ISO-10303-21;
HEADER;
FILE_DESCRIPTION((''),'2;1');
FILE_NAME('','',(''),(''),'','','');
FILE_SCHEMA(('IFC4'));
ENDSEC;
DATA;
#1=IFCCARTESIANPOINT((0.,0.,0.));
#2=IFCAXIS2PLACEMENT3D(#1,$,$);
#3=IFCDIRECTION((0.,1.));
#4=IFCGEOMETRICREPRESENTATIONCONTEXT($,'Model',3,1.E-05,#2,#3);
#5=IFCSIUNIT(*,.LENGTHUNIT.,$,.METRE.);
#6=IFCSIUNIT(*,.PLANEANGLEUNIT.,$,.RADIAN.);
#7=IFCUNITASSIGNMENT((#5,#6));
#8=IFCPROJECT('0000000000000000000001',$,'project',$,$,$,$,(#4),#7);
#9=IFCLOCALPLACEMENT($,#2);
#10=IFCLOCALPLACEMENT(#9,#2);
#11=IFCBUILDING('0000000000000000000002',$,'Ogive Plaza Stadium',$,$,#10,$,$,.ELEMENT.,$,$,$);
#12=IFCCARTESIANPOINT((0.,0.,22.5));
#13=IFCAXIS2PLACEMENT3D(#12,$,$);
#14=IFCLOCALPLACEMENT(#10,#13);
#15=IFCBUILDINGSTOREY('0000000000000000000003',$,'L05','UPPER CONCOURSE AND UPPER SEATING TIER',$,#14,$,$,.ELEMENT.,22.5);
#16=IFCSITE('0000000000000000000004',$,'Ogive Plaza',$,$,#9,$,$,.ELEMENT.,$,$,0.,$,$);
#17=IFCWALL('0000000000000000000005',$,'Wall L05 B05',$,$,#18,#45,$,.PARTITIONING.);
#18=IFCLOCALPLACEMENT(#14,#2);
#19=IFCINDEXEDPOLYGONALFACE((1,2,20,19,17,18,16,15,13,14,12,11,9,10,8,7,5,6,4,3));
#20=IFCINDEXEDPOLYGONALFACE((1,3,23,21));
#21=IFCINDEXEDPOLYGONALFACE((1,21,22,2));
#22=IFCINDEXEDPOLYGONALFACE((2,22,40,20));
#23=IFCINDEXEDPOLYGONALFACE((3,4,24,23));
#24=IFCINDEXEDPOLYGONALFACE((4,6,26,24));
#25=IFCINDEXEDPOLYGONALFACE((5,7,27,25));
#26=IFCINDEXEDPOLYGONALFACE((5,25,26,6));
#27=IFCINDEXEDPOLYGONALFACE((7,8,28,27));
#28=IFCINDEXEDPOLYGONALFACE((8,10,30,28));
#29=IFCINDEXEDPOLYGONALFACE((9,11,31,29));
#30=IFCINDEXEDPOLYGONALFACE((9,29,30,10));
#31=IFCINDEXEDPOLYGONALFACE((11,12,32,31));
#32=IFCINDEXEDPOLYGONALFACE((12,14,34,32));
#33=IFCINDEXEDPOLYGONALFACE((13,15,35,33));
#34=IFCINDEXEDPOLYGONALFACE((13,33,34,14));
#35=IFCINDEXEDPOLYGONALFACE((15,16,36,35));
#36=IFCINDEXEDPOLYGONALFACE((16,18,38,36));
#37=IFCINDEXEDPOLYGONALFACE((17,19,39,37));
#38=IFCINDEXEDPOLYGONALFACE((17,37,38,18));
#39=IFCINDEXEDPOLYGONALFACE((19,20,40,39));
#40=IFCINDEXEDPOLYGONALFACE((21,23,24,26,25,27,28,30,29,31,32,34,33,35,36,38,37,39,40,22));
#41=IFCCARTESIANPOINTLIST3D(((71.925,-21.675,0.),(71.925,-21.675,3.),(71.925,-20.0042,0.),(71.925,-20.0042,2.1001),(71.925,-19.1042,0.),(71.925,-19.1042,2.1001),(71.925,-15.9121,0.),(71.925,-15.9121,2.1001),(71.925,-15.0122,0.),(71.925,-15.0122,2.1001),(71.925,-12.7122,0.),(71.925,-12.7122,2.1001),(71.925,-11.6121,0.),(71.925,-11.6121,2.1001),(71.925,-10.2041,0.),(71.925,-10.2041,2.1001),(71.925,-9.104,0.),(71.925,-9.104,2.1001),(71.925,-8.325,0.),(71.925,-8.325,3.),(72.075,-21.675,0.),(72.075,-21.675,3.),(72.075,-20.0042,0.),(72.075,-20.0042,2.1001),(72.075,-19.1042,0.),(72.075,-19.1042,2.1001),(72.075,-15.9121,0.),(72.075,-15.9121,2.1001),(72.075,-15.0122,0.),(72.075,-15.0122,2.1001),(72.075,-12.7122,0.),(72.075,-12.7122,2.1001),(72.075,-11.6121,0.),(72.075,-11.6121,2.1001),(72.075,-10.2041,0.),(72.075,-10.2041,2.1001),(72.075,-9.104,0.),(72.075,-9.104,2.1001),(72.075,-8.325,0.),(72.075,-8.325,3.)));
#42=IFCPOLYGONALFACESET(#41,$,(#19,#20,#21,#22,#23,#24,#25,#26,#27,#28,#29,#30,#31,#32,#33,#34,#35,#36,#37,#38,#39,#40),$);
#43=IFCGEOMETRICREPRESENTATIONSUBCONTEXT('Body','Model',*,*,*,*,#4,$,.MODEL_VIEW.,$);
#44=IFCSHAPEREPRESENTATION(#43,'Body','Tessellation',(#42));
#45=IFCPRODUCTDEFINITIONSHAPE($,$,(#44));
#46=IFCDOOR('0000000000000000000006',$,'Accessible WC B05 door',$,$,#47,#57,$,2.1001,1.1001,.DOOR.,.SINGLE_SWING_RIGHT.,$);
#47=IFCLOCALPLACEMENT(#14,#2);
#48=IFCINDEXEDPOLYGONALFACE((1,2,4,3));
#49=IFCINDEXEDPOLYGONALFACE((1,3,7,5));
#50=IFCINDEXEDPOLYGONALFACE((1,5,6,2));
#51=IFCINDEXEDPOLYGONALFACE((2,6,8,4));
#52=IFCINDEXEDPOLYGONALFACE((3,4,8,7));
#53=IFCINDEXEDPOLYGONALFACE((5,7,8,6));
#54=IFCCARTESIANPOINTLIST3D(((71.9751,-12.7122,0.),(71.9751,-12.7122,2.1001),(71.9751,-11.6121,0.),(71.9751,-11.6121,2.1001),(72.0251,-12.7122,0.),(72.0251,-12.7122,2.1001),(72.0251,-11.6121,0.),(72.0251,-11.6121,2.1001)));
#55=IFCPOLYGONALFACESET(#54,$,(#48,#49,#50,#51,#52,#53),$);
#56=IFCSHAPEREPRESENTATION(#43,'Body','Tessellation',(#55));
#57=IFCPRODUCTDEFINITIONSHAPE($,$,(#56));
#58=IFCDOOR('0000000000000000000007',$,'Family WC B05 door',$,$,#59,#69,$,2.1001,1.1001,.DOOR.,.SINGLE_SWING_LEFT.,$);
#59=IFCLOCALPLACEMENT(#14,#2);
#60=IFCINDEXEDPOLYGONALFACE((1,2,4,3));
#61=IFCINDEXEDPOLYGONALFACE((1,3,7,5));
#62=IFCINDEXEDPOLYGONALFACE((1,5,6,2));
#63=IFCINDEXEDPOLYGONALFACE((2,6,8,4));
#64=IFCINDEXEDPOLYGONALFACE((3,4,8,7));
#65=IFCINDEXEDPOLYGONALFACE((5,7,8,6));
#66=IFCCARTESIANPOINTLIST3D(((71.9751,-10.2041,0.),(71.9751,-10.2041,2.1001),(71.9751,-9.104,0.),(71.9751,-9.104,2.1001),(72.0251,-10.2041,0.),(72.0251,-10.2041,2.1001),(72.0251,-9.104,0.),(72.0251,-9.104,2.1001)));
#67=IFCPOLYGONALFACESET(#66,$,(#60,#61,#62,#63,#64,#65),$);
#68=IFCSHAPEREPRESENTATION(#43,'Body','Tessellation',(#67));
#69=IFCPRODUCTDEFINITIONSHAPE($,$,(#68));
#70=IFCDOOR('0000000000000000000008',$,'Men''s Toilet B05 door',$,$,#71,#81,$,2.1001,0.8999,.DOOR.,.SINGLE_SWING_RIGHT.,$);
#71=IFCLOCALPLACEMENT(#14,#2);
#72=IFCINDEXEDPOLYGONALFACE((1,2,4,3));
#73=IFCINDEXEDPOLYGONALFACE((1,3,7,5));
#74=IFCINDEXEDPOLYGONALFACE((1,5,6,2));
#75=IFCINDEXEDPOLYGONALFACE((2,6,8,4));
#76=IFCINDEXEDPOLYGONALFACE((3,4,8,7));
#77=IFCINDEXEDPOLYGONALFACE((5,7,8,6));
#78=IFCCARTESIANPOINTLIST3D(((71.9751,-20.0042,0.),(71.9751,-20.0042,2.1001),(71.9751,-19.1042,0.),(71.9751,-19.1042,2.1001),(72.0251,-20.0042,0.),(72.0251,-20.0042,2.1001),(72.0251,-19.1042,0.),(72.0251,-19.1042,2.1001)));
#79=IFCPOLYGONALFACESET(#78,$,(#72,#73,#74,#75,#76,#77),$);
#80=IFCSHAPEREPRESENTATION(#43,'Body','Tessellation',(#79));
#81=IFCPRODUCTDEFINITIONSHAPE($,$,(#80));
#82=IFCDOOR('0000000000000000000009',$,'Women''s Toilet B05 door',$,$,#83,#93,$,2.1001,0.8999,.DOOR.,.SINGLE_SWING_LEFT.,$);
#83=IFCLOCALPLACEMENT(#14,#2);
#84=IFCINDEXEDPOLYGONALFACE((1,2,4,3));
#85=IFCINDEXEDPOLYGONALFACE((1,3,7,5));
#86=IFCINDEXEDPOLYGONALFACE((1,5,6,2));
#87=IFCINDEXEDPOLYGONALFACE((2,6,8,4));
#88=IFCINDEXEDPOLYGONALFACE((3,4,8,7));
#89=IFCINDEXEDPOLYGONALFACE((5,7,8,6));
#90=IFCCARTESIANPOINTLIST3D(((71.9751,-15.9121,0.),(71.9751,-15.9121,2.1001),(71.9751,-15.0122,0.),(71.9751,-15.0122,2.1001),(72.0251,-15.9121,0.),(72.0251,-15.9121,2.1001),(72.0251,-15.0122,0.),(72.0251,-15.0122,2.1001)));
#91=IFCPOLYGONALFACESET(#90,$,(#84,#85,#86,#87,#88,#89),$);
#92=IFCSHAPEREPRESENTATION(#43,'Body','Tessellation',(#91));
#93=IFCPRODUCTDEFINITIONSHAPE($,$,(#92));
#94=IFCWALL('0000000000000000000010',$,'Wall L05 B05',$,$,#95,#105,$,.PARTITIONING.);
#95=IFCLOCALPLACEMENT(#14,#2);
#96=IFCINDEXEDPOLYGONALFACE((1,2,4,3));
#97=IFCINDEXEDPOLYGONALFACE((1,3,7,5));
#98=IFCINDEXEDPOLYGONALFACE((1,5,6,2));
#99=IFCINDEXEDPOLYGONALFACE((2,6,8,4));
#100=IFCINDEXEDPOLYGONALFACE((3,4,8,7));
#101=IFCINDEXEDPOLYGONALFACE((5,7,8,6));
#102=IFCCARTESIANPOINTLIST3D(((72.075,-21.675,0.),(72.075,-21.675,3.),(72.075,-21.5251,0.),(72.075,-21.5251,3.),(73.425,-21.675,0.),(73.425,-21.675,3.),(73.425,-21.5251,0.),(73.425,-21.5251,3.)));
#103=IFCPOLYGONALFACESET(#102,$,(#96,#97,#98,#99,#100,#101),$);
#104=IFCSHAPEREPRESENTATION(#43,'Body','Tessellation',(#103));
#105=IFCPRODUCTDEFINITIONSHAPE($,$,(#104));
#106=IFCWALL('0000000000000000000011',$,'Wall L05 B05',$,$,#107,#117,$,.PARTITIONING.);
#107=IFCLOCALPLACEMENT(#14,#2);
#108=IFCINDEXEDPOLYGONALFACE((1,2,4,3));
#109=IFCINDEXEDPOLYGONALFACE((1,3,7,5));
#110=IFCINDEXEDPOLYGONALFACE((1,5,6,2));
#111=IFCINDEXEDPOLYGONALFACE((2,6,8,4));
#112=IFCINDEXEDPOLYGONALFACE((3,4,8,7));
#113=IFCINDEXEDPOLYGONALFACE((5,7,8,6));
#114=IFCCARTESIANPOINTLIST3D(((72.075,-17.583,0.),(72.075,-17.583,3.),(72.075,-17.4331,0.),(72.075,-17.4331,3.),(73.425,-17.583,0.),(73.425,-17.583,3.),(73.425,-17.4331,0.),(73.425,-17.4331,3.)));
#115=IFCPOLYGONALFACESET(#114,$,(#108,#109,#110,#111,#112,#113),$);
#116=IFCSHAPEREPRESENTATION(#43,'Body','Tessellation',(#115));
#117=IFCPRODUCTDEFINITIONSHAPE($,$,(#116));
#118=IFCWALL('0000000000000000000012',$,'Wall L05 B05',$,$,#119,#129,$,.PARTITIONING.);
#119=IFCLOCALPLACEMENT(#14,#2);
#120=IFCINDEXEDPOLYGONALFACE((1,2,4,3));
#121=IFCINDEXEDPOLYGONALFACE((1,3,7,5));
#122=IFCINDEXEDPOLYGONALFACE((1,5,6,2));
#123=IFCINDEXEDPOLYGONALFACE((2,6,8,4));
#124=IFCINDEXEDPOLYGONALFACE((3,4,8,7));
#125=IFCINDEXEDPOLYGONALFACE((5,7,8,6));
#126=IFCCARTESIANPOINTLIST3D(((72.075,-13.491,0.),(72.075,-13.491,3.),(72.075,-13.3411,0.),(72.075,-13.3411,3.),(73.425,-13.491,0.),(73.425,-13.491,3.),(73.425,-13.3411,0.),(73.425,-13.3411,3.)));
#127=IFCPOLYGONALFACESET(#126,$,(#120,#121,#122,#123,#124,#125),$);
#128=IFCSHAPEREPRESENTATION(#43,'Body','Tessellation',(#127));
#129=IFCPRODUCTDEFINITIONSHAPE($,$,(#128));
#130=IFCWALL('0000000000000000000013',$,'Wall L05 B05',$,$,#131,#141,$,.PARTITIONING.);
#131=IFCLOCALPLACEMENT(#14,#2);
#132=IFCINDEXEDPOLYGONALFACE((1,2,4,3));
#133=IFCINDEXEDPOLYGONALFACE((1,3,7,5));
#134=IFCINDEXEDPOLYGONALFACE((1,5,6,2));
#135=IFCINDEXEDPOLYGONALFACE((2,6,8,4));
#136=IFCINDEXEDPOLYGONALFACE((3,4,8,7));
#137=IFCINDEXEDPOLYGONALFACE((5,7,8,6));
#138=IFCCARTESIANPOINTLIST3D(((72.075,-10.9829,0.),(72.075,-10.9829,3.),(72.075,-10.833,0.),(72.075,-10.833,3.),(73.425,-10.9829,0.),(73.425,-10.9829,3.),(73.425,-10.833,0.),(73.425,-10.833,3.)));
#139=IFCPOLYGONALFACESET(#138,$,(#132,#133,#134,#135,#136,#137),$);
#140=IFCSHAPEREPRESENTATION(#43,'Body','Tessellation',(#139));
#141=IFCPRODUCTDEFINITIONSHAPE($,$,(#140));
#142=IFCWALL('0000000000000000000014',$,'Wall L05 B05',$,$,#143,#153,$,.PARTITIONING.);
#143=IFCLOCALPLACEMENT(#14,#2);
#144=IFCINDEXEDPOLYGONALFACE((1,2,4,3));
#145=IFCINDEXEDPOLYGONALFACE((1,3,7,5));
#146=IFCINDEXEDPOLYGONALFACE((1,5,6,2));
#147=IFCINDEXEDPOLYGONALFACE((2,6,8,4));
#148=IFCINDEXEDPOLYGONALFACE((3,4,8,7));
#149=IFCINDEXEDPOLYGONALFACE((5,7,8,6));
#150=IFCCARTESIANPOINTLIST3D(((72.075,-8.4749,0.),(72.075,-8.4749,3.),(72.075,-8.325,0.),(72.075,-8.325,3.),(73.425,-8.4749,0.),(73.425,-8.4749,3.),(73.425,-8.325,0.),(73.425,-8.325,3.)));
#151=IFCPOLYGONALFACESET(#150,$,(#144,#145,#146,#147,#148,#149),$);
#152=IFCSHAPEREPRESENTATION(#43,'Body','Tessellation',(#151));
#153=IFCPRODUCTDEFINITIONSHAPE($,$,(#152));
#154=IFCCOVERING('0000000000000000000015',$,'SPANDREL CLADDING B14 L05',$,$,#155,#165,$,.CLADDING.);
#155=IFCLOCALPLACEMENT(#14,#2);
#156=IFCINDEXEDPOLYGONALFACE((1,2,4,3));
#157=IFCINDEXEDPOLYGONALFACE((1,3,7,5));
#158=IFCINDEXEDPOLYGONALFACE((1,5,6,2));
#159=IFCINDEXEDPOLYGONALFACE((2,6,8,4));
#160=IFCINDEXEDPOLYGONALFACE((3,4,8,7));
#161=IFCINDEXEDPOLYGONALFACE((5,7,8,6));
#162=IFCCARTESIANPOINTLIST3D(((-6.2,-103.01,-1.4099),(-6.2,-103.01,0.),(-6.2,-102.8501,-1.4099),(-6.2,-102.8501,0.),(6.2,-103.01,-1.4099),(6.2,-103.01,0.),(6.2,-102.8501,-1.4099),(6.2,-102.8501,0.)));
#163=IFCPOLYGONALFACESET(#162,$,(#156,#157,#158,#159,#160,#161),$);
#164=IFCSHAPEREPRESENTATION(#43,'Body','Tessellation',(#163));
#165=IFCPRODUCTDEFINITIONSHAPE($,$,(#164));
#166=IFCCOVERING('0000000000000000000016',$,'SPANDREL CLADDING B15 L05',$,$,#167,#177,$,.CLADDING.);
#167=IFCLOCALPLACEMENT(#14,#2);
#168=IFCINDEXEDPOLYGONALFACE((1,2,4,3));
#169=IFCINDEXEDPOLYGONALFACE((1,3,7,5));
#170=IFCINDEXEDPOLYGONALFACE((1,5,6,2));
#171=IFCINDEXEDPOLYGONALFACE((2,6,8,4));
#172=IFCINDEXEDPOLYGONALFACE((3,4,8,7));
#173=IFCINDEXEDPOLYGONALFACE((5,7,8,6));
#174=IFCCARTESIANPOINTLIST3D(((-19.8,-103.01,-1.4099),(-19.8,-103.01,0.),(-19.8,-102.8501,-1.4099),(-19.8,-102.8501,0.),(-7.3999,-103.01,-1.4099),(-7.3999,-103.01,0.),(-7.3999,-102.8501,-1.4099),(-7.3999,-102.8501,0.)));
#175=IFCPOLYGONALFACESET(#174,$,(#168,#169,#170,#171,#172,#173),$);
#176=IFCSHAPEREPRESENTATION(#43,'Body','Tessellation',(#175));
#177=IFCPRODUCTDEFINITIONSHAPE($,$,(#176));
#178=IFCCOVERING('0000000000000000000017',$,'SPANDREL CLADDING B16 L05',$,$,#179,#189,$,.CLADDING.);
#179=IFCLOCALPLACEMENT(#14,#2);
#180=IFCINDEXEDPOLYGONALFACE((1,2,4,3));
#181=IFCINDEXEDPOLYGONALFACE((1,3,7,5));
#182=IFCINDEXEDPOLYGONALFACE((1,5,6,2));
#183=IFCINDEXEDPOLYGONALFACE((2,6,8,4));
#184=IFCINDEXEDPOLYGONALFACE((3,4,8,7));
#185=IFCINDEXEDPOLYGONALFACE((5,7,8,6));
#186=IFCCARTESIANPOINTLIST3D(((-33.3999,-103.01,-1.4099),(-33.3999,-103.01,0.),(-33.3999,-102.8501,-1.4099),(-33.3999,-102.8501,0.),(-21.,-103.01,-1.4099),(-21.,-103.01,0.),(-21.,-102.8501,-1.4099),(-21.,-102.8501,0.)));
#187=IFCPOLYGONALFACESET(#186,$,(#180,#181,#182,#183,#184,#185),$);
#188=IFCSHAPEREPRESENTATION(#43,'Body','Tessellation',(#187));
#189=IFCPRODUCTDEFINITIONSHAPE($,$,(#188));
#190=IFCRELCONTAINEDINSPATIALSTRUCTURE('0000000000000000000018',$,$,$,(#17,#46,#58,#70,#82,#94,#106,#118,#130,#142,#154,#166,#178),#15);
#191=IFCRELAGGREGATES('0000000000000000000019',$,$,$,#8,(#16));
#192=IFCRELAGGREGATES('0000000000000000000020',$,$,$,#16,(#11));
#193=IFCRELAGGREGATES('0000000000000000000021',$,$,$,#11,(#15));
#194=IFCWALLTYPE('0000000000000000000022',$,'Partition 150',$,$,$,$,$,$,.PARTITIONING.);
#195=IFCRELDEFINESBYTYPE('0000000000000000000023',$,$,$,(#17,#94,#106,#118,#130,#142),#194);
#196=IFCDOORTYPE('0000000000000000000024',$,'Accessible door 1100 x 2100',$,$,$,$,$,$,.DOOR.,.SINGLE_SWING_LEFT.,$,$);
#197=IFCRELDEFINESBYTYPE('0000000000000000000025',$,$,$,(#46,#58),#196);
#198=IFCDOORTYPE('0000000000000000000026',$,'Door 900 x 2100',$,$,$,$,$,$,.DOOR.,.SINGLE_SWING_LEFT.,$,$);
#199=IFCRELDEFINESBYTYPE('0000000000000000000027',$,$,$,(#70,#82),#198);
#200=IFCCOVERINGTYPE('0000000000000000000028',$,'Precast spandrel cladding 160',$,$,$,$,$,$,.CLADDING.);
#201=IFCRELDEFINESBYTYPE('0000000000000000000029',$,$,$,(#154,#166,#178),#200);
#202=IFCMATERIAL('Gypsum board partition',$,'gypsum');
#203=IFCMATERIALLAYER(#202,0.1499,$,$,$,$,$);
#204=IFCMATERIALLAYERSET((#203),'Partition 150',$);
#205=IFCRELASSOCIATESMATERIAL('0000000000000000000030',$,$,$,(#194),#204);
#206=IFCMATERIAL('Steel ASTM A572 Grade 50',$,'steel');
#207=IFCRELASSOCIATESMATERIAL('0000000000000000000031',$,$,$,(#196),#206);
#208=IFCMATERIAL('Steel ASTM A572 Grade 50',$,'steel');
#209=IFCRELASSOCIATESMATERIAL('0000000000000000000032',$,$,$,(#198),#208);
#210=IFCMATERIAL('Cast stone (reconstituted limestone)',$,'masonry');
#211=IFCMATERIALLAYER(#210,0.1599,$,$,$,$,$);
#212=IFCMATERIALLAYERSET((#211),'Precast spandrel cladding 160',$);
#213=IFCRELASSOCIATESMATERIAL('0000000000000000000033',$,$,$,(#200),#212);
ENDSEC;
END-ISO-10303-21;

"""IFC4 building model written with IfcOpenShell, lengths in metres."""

from ifc_helpers import new_model, si_unit, direction, frame, frame_2d, origin, place, context, subcontext, project, spatial, polyline, rectangle, outline, extrude, material, layer, layer_set, type_object, element, fill, save


model = new_model("IFC4")

# Units and contexts
model_context = context("Model", 3, precision=1e-05, world=origin(), true_north=direction((0.0, 1.0)))
body_context = subcontext(model_context, "Body", "Model", "MODEL_VIEW")
ifc_project = project(units=[si_unit("LENGTHUNIT", "METRE"), si_unit("PLANEANGLEUNIT", "RADIAN")], contexts=[model_context])

# Site, building, storey
site_placement = place(None, origin())
site = spatial("IfcSite", under=ifc_project, at=site_placement, Name="Ogive Plaza", CompositionType="ELEMENT", RefElevation=0.0)
building_placement = place(site_placement, origin())
building = spatial("IfcBuilding", under=site, at=building_placement, Name="Ogive Plaza Stadium", CompositionType="ELEMENT")
storey_placement = place(building_placement, frame((0.0, 0.0, 22.5)))
storey = spatial("IfcBuildingStorey", under=building, at=storey_placement, Name="L05", Description="UPPER CONCOURSE AND UPPER SEATING TIER", CompositionType="ELEMENT", Elevation=22.5)

# Wall, openings, doors
ifc_material_1 = material(Name="Gypsum board partition", Category="gypsum")
ifc_layer_1 = layer(ifc_material_1, 0.1499)
ifc_layer_set_1 = layer_set([ifc_layer_1], Name="Partition 150")
wall_type_1 = type_object("IfcWallType", Name="Partition 150", PredefinedType="PARTITIONING", material=ifc_layer_set_1)
wall_1_placement = place(storey_placement, frame((72.0, -21.675, 0.0), z_axis=(0.0, 0.0, 1.0), x_axis=(0.0, 1.0, 0.0)))
wall_1 = element("IfcWall", 1, at=wall_1_placement, inside=storey, type_object=wall_type_1, Name="Wall L05 B05", PredefinedType="PARTITIONING", context=body_context, shape_type="SweptSolid", body=[
    extrude(rectangle(XDim=13.3501, YDim=0.1499, at=frame_2d((6.675, 0.0))), origin(), (0.0, 0.0, 1.0), 3.0),
])
opening_1_placement = place(wall_1_placement, frame((1.6709, 0.0, 0.0)))
opening_1 = element("IfcOpeningElement", 2, at=opening_1_placement, cuts=wall_1, PredefinedType="OPENING", context=body_context, shape_type="SweptSolid", body=[
    extrude(rectangle(XDim=0.8999, YDim=2.1001, at=frame_2d((0.45, 1.05))), frame((0.0, 0.075, 0.0), z_axis=(0.0, -1.0, 0.0), x_axis=(1.0, 0.0, 0.0)), (0.0, 0.0, 1.0), 0.1499),
])
opening_2_placement = place(wall_1_placement, frame((5.7629, 0.0, 0.0)))
opening_2 = element("IfcOpeningElement", 3, at=opening_2_placement, cuts=wall_1, PredefinedType="OPENING", context=body_context, shape_type="SweptSolid", body=[
    extrude(rectangle(XDim=0.8999, YDim=2.1001, at=frame_2d((0.45, 1.05))), frame((0.0, 0.075, 0.0), z_axis=(0.0, -1.0, 0.0), x_axis=(1.0, 0.0, 0.0)), (0.0, 0.0, 1.0), 0.1499),
])
opening_3_placement = place(wall_1_placement, frame((8.9629, 0.0, 0.0)))
opening_3 = element("IfcOpeningElement", 4, at=opening_3_placement, cuts=wall_1, PredefinedType="OPENING", context=body_context, shape_type="SweptSolid", body=[
    extrude(rectangle(XDim=1.1001, YDim=2.1001, at=frame_2d((0.55, 1.05))), frame((0.0, 0.075, 0.0), z_axis=(0.0, -1.0, 0.0), x_axis=(1.0, 0.0, 0.0)), (0.0, 0.0, 1.0), 0.1499),
])
opening_4_placement = place(wall_1_placement, frame((11.4709, 0.0, 0.0)))
opening_4 = element("IfcOpeningElement", 5, at=opening_4_placement, cuts=wall_1, PredefinedType="OPENING", context=body_context, shape_type="SweptSolid", body=[
    extrude(rectangle(XDim=1.1001, YDim=2.1001, at=frame_2d((0.55, 1.05))), frame((0.0, 0.075, 0.0), z_axis=(0.0, -1.0, 0.0), x_axis=(1.0, 0.0, 0.0)), (0.0, 0.0, 1.0), 0.1499),
])
ifc_material_2 = material(Name="Steel ASTM A572 Grade 50", Category="steel")
door_type_1 = type_object("IfcDoorType", Name="Accessible door 1100 x 2100", OperationType="SINGLE_SWING_LEFT", PredefinedType="DOOR", material=ifc_material_2)
door_1_placement = place(opening_3_placement, origin())
door_1 = element("IfcDoor", 6, at=door_1_placement, inside=storey, type_object=door_type_1, Name="Accessible WC B05 door", OperationType="SINGLE_SWING_RIGHT", OverallHeight=2.1001, OverallWidth=1.1001, PredefinedType="DOOR", context=body_context, shape_type="SweptSolid", body=[
    extrude(rectangle(XDim=1.1001, YDim=2.1001, at=frame_2d((0.55, 1.05))), frame((0.0, 0.0249, 0.0), z_axis=(0.0, -1.0, 0.0), x_axis=(1.0, 0.0, 0.0)), (0.0, 0.0, 1.0), 0.05),
])
fill(opening_3, door_1)
door_2_placement = place(opening_4_placement, origin())
door_2 = element("IfcDoor", 7, at=door_2_placement, inside=storey, type_object=door_type_1, Name="Family WC B05 door", OperationType="SINGLE_SWING_LEFT", OverallHeight=2.1001, OverallWidth=1.1001, PredefinedType="DOOR", context=body_context, shape_type="SweptSolid", body=[
    extrude(rectangle(XDim=1.1001, YDim=2.1001, at=frame_2d((0.55, 1.05))), frame((0.0, 0.0249, 0.0), z_axis=(0.0, -1.0, 0.0), x_axis=(1.0, 0.0, 0.0)), (0.0, 0.0, 1.0), 0.05),
])
fill(opening_4, door_2)
ifc_material_3 = material(Name="Steel ASTM A572 Grade 50", Category="steel")
door_type_2 = type_object("IfcDoorType", Name="Door 900 x 2100", OperationType="SINGLE_SWING_LEFT", PredefinedType="DOOR", material=ifc_material_3)
door_3_placement = place(opening_1_placement, origin())
door_3 = element("IfcDoor", 8, at=door_3_placement, inside=storey, type_object=door_type_2, Name="Men's Toilet B05 door", OperationType="SINGLE_SWING_RIGHT", OverallHeight=2.1001, OverallWidth=0.8999, PredefinedType="DOOR", context=body_context, shape_type="SweptSolid", body=[
    extrude(rectangle(XDim=0.8999, YDim=2.1001, at=frame_2d((0.45, 1.05))), frame((0.0, 0.0249, 0.0), z_axis=(0.0, -1.0, 0.0), x_axis=(1.0, 0.0, 0.0)), (0.0, 0.0, 1.0), 0.05),
])
fill(opening_1, door_3)
door_4_placement = place(opening_2_placement, origin())
door_4 = element("IfcDoor", 9, at=door_4_placement, inside=storey, type_object=door_type_2, Name="Women's Toilet B05 door", OperationType="SINGLE_SWING_LEFT", OverallHeight=2.1001, OverallWidth=0.8999, PredefinedType="DOOR", context=body_context, shape_type="SweptSolid", body=[
    extrude(rectangle(XDim=0.8999, YDim=2.1001, at=frame_2d((0.45, 1.05))), frame((0.0, 0.0249, 0.0), z_axis=(0.0, -1.0, 0.0), x_axis=(1.0, 0.0, 0.0)), (0.0, 0.0, 1.0), 0.05),
])
fill(opening_2, door_4)

# Walls
for number, where, z_axis, x_axis, name in (
    (10, (72.075, -21.6001, 0.0), (0.0, 0.0, 1.0), (1.0, 0.0, 0.0), "Wall L05 B05"),
    (11, (72.075, -17.5081, 0.0), (0.0, 0.0, 1.0), (1.0, 0.0, 0.0), "Wall L05 B05"),
    (12, (72.075, -13.416, 0.0), (0.0, 0.0, 1.0), (1.0, 0.0, 0.0), "Wall L05 B05"),
    (13, (72.075, -10.908, 0.0), (0.0, 0.0, 1.0), (1.0, 0.0, 0.0), "Wall L05 B05"),
    (14, (72.075, -8.3999, 0.0), (0.0, 0.0, 1.0), (1.0, 0.0, 0.0), "Wall L05 B05"),
):
    element("IfcWall", number, at=place(storey_placement, frame(where, z_axis=z_axis, x_axis=x_axis)), inside=storey, type_object=wall_type_1, Name=name, PredefinedType="PARTITIONING", context=body_context, shape_type="SweptSolid", body=[
        extrude(rectangle(XDim=1.3501, YDim=0.1499, at=frame_2d((0.675, 0.0))), origin(), (0.0, 0.0, 1.0), 3.0),
    ])

# Coverings
ifc_material_4 = material(Name="Cast stone (reconstituted limestone)", Category="masonry")
ifc_layer_2 = layer(ifc_material_4, 0.1599)
ifc_layer_set_2 = layer_set([ifc_layer_2], Name="Precast spandrel cladding 160")
covering_type = type_object("IfcCoveringType", Name="Precast spandrel cladding 160", PredefinedType="CLADDING", material=ifc_layer_set_2)
covering_1_placement = place(storey_placement, frame((0.0, 0.0, -1.4099)))
element("IfcCovering", 15, at=covering_1_placement, inside=storey, type_object=covering_type, Name="SPANDREL CLADDING B14 L05", PredefinedType="CLADDING", context=body_context, shape_type="SweptSolid", body=[
    extrude(outline(polyline([(6.2, -102.8501), (-6.2, -102.8501), (-6.2, -103.01), (6.2, -103.01), (6.2, -102.8501)])), origin(), (0.0, 0.0, 1.0), 1.4099),
])
covering_2_placement = place(storey_placement, frame((0.0, 0.0, -1.4099)))
element("IfcCovering", 16, at=covering_2_placement, inside=storey, type_object=covering_type, Name="SPANDREL CLADDING B15 L05", PredefinedType="CLADDING", context=body_context, shape_type="SweptSolid", body=[
    extrude(outline(polyline([(-7.3999, -102.8501), (-19.8, -102.8501), (-19.8, -103.01), (-7.3999, -103.01), (-7.3999, -102.8501)])), origin(), (0.0, 0.0, 1.0), 1.4099),
])
covering_3_placement = place(storey_placement, frame((0.0, 0.0, -1.4099)))
element("IfcCovering", 17, at=covering_3_placement, inside=storey, type_object=covering_type, Name="SPANDREL CLADDING B16 L05", PredefinedType="CLADDING", context=body_context, shape_type="SweptSolid", body=[
    extrude(outline(polyline([(-21.0, -102.8501), (-33.3999, -102.8501), (-33.3999, -103.01), (-21.0, -103.01), (-21.0, -102.8501)])), origin(), (0.0, 0.0, 1.0), 1.4099),
])

save(model, "model.ifc")
